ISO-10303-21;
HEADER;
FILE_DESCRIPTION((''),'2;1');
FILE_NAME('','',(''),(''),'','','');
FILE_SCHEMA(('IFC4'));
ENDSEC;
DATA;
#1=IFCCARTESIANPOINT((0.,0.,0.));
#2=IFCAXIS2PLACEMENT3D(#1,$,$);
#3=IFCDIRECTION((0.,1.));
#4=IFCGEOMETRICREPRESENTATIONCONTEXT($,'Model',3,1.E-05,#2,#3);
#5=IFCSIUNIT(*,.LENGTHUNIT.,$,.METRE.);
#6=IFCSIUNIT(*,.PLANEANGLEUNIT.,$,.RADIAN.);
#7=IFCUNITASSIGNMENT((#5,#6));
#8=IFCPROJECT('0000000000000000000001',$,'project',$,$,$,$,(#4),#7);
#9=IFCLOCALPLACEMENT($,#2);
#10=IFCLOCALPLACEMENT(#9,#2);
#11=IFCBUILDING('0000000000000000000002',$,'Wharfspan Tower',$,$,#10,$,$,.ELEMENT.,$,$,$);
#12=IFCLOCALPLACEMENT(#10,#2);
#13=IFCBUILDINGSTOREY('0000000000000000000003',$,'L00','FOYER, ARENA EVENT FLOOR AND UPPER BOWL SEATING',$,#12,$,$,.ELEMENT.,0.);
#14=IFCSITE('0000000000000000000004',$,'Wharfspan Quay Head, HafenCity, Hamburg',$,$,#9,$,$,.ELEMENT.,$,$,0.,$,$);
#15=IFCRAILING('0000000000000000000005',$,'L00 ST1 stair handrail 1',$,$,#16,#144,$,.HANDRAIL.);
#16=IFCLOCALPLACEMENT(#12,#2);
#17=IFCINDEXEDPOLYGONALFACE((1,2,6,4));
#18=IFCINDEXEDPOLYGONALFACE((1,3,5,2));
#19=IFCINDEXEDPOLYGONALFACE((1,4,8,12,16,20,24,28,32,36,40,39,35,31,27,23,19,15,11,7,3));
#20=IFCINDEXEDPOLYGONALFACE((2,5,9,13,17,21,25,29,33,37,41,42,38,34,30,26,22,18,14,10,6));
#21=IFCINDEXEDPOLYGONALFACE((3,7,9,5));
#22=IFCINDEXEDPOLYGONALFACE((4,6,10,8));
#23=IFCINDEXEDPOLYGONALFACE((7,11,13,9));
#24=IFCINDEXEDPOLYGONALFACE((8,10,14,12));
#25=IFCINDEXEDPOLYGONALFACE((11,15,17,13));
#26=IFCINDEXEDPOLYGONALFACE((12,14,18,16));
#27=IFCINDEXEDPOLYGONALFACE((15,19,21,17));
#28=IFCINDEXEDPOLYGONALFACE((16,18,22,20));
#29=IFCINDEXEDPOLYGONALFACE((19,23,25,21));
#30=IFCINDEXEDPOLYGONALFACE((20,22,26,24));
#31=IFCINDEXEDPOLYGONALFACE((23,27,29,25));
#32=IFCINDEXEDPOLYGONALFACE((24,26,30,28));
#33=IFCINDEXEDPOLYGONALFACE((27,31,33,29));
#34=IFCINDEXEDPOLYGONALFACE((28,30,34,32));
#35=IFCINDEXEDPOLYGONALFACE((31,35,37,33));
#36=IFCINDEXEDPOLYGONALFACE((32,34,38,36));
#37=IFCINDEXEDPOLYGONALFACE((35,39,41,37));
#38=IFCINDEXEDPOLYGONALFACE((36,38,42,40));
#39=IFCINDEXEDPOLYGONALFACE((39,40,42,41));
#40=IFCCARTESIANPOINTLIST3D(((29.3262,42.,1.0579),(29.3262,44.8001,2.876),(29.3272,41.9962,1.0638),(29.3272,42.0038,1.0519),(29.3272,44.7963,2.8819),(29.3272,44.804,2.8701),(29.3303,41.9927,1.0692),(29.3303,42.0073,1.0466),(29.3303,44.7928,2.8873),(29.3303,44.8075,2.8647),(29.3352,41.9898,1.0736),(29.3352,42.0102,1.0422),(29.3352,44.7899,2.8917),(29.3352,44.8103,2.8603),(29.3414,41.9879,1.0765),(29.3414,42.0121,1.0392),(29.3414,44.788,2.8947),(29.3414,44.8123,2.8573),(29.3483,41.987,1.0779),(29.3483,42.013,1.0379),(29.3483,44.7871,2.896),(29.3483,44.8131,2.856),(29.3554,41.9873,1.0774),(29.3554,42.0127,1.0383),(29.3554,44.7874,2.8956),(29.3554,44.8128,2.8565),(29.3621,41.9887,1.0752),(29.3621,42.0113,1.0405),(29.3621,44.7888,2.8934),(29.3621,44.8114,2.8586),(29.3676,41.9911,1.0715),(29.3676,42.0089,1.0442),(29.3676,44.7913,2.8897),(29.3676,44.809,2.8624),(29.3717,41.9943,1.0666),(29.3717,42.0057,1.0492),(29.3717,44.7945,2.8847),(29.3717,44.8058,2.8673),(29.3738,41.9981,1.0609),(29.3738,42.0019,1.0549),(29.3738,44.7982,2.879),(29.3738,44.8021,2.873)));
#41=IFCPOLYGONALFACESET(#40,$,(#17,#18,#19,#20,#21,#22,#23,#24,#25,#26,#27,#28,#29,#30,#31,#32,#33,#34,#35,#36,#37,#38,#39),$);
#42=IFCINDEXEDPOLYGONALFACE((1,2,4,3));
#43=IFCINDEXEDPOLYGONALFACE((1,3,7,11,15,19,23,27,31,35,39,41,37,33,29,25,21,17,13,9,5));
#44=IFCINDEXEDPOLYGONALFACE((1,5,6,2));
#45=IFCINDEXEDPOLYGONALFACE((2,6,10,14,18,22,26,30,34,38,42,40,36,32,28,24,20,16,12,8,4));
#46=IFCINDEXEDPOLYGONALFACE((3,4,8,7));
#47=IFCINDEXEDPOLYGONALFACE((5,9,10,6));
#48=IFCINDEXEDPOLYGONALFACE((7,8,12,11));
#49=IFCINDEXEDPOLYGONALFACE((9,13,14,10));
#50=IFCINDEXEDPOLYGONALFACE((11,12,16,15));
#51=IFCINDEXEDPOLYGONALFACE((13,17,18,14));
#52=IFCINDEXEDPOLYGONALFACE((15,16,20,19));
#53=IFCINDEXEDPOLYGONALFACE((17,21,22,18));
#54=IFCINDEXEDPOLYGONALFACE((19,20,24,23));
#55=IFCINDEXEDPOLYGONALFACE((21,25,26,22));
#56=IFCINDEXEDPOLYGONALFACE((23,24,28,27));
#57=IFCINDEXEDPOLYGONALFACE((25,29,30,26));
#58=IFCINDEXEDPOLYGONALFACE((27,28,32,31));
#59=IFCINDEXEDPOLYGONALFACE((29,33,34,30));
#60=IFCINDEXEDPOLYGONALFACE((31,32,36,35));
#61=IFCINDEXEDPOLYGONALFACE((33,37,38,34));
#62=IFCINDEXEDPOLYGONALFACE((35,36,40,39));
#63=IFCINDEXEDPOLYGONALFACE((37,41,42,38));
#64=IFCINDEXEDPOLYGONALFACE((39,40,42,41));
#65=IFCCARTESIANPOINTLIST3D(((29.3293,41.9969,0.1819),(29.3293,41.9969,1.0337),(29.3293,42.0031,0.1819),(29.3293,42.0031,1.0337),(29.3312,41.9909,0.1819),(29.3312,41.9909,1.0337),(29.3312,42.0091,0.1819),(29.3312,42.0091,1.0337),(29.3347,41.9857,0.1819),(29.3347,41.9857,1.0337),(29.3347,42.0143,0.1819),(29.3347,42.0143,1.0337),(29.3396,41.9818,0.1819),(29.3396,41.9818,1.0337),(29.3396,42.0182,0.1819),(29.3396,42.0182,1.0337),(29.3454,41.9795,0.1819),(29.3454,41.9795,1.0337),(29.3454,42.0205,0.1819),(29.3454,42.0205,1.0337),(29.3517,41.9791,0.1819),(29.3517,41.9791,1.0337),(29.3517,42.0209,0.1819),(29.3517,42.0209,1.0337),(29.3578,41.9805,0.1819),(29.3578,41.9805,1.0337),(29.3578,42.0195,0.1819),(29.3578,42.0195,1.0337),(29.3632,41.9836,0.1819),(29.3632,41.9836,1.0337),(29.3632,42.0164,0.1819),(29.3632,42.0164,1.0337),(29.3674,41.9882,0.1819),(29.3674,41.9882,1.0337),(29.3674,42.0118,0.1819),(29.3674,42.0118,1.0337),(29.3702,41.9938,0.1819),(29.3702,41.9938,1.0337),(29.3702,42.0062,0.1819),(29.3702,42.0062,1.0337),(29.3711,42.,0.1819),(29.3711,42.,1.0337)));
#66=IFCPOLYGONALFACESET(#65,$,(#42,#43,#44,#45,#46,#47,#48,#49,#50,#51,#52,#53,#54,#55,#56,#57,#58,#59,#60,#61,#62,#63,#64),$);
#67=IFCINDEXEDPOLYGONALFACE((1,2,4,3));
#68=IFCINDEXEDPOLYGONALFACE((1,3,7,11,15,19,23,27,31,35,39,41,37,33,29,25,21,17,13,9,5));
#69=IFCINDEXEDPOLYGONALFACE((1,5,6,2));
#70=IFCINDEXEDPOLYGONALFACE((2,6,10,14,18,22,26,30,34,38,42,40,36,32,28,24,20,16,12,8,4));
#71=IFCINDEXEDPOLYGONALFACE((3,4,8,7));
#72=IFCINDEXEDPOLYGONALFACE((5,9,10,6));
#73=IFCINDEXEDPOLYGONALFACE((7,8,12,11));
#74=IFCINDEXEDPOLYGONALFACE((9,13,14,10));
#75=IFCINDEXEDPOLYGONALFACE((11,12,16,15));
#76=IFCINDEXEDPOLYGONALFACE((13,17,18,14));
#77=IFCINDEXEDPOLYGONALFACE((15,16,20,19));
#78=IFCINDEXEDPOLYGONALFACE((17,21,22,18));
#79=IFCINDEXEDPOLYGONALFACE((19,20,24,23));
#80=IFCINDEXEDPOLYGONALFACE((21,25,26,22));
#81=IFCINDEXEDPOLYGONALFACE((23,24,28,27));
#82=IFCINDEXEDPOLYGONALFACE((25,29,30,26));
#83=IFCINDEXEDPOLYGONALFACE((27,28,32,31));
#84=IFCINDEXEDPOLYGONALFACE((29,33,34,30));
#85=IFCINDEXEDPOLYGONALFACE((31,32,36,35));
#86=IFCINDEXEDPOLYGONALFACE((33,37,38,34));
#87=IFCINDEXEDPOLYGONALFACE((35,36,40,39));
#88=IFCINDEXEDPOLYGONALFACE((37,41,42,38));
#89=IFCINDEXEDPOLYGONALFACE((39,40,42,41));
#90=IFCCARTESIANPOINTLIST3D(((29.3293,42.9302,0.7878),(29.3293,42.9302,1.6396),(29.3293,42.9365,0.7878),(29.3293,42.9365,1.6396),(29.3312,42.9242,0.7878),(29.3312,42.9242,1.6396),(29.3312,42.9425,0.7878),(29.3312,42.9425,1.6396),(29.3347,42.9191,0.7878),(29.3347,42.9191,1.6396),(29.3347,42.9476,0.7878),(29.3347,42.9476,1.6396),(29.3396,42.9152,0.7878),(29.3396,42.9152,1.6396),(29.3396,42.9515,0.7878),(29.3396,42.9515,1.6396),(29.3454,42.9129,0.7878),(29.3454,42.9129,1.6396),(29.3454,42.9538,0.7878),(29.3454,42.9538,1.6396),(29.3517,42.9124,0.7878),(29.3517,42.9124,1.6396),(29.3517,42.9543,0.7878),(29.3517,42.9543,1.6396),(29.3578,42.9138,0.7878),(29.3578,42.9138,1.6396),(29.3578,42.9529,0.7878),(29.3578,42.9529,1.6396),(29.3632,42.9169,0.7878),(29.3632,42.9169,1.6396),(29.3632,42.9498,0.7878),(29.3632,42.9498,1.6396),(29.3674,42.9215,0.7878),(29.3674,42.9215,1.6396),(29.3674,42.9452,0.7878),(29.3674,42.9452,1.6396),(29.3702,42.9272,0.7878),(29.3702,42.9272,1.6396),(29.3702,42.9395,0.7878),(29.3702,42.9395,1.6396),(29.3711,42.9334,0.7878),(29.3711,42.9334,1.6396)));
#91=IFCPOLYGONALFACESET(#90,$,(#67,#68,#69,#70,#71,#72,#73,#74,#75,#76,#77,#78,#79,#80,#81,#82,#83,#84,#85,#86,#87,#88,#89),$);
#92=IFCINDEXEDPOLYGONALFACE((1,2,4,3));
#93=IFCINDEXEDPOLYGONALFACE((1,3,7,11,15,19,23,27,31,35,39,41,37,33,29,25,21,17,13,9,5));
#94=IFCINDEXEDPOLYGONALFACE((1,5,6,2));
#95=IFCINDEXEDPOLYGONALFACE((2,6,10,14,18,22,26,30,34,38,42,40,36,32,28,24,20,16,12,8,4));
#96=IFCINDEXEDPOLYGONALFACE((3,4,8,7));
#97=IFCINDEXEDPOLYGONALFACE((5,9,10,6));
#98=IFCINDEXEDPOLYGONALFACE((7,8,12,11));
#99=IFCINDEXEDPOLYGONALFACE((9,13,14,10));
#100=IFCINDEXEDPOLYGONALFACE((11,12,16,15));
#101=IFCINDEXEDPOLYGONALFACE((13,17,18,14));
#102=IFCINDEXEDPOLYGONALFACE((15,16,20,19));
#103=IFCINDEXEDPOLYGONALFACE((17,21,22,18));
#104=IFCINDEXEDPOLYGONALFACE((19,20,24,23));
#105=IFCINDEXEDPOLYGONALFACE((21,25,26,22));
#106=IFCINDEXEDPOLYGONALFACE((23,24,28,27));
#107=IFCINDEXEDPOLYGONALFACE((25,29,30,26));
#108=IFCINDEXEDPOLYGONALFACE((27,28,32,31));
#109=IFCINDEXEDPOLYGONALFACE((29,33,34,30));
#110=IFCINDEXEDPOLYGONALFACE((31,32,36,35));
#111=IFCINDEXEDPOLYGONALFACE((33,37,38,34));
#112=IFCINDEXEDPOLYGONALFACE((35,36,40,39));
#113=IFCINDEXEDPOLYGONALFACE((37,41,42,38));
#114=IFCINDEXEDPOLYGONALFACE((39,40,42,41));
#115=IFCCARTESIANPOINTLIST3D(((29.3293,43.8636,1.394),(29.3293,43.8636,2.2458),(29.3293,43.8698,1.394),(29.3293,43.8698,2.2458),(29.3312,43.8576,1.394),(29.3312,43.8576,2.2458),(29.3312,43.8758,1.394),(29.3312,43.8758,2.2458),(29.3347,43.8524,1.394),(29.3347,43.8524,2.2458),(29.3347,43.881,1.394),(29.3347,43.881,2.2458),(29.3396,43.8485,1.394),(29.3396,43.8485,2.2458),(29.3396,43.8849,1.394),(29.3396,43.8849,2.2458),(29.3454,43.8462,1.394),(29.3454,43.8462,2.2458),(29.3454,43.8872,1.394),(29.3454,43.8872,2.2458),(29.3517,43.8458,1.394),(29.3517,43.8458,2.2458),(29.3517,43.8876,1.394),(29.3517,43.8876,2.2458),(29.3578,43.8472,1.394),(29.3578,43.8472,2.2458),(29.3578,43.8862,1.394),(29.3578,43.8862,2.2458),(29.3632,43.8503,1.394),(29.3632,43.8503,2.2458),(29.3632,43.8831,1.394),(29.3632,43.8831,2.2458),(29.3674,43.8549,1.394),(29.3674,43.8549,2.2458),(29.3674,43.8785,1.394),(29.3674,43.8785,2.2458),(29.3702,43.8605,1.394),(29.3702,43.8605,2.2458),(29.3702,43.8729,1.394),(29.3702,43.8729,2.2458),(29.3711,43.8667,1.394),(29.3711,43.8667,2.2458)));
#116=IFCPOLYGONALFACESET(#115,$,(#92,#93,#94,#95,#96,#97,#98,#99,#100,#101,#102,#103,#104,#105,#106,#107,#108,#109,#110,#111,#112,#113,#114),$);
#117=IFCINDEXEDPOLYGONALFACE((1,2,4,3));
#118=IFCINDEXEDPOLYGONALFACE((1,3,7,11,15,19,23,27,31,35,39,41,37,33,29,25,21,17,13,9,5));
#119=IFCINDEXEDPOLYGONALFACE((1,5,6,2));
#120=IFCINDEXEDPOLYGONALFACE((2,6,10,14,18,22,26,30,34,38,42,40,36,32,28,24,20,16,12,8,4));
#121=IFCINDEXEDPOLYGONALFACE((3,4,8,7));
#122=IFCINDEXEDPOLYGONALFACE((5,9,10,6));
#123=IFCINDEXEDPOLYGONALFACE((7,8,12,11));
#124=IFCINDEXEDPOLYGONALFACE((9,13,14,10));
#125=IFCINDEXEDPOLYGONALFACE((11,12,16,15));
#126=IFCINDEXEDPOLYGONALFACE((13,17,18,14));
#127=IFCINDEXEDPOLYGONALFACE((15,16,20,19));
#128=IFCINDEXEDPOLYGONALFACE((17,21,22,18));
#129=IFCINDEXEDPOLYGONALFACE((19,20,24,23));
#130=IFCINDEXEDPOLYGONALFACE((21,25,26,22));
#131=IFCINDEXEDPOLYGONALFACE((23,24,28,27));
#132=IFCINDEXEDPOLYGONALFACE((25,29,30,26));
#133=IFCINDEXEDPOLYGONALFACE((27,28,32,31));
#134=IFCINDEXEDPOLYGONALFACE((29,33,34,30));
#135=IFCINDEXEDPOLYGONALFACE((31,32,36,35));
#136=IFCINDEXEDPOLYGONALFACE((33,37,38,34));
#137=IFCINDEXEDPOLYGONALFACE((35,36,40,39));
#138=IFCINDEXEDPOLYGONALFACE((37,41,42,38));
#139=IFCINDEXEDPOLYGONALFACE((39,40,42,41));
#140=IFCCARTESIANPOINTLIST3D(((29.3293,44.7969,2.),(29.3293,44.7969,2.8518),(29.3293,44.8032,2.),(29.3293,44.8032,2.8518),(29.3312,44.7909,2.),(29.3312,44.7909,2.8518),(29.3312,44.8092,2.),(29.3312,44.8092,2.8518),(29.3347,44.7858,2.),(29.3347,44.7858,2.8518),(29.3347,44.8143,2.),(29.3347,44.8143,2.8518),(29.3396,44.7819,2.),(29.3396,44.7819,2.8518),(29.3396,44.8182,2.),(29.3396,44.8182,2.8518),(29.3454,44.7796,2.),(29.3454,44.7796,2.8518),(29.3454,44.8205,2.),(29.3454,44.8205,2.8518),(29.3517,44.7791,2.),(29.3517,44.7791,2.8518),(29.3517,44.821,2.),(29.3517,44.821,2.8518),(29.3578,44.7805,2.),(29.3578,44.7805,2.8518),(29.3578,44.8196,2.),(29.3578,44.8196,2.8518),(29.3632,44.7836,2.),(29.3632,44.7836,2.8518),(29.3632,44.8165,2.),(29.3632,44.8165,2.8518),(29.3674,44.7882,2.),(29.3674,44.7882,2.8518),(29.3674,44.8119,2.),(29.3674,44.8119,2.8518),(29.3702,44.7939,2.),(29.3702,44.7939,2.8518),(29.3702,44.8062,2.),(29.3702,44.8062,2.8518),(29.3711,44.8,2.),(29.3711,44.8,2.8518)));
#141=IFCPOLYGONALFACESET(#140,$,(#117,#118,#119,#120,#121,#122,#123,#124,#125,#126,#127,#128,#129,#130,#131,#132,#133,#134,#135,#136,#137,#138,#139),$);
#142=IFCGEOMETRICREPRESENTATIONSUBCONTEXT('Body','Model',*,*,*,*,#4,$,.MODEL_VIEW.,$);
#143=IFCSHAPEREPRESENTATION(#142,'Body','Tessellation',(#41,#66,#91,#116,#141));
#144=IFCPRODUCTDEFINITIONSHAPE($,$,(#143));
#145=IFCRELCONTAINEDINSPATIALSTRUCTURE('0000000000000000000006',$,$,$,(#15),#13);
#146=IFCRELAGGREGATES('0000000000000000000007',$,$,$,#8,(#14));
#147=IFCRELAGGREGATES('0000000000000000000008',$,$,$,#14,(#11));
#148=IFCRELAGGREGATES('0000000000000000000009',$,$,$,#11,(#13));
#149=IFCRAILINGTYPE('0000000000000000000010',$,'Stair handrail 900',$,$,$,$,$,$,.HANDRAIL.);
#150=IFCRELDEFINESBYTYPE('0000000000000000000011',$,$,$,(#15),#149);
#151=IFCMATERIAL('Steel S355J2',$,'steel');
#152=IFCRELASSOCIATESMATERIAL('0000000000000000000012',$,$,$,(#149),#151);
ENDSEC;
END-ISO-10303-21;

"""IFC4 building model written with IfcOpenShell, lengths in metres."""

from ifc_helpers import new_model, si_unit, direction, frame, origin, origin_2d, place, context, subcontext, project, spatial, circle, extrude, material, type_object, element, save


model = new_model("IFC4")

# Units and contexts
model_context = context("Model", 3, precision=1e-05, world=origin(), true_north=direction((0.0, 1.0)))
body_context = subcontext(model_context, "Body", "Model", "MODEL_VIEW")
ifc_project = project(units=[si_unit("LENGTHUNIT", "METRE"), si_unit("PLANEANGLEUNIT", "RADIAN")], contexts=[model_context])

# Site, building, storey
site_placement = place(None, origin())
site = spatial("IfcSite", under=ifc_project, at=site_placement, Name="Wharfspan Quay Head, HafenCity, Hamburg", CompositionType="ELEMENT", RefElevation=0.0)
building_placement = place(site_placement, origin())
building = spatial("IfcBuilding", under=site, at=building_placement, Name="Wharfspan Tower", CompositionType="ELEMENT")
storey_placement = place(building_placement, origin())
storey = spatial("IfcBuildingStorey", under=building, at=storey_placement, Name="L00", Description="FOYER, ARENA EVENT FLOOR AND UPPER BOWL SEATING", CompositionType="ELEMENT", Elevation=0.0)

# Railing
ifc_material_1 = material(Name="Steel S355J2", Category="steel")
railing_type_1 = type_object("IfcRailingType", Name="Stair handrail 900", PredefinedType="HANDRAIL", material=ifc_material_1)
for number, where, name in (
    (1, (29.3501, 42.0, 0.1819), "L00 ST1 stair handrail 1"),
):
    element("IfcRailing", number, at=place(storey_placement, frame(where)), inside=storey, type_object=railing_type_1, Name=name, PredefinedType="HANDRAIL", context=body_context, shape_type="SweptSolid", body=[
        extrude(circle(Radius=0.0239, at=origin_2d()), frame((0.0, 0.0, 0.876), z_axis=(0.0, 0.838706, 0.544585), x_axis=(-1.0, 0.0, 0.0)), (0.0, 0.0, 1.0), 3.3386),
        extrude(circle(Radius=0.021, at=origin_2d()), origin(), (0.0, 0.0, 1.0), 0.8518),
        extrude(circle(Radius=0.021, at=origin_2d()), frame((0.0, 0.9334, 0.606)), (0.0, 0.0, 1.0), 0.8518),
        extrude(circle(Radius=0.021, at=origin_2d()), frame((0.0, 1.8667, 1.2122)), (0.0, 0.0, 1.0), 0.8518),
        extrude(circle(Radius=0.021, at=origin_2d()), frame((0.0, 2.8, 1.8181)), (0.0, 0.0, 1.0), 0.8518),
    ])

save(model, "model.ifc")
